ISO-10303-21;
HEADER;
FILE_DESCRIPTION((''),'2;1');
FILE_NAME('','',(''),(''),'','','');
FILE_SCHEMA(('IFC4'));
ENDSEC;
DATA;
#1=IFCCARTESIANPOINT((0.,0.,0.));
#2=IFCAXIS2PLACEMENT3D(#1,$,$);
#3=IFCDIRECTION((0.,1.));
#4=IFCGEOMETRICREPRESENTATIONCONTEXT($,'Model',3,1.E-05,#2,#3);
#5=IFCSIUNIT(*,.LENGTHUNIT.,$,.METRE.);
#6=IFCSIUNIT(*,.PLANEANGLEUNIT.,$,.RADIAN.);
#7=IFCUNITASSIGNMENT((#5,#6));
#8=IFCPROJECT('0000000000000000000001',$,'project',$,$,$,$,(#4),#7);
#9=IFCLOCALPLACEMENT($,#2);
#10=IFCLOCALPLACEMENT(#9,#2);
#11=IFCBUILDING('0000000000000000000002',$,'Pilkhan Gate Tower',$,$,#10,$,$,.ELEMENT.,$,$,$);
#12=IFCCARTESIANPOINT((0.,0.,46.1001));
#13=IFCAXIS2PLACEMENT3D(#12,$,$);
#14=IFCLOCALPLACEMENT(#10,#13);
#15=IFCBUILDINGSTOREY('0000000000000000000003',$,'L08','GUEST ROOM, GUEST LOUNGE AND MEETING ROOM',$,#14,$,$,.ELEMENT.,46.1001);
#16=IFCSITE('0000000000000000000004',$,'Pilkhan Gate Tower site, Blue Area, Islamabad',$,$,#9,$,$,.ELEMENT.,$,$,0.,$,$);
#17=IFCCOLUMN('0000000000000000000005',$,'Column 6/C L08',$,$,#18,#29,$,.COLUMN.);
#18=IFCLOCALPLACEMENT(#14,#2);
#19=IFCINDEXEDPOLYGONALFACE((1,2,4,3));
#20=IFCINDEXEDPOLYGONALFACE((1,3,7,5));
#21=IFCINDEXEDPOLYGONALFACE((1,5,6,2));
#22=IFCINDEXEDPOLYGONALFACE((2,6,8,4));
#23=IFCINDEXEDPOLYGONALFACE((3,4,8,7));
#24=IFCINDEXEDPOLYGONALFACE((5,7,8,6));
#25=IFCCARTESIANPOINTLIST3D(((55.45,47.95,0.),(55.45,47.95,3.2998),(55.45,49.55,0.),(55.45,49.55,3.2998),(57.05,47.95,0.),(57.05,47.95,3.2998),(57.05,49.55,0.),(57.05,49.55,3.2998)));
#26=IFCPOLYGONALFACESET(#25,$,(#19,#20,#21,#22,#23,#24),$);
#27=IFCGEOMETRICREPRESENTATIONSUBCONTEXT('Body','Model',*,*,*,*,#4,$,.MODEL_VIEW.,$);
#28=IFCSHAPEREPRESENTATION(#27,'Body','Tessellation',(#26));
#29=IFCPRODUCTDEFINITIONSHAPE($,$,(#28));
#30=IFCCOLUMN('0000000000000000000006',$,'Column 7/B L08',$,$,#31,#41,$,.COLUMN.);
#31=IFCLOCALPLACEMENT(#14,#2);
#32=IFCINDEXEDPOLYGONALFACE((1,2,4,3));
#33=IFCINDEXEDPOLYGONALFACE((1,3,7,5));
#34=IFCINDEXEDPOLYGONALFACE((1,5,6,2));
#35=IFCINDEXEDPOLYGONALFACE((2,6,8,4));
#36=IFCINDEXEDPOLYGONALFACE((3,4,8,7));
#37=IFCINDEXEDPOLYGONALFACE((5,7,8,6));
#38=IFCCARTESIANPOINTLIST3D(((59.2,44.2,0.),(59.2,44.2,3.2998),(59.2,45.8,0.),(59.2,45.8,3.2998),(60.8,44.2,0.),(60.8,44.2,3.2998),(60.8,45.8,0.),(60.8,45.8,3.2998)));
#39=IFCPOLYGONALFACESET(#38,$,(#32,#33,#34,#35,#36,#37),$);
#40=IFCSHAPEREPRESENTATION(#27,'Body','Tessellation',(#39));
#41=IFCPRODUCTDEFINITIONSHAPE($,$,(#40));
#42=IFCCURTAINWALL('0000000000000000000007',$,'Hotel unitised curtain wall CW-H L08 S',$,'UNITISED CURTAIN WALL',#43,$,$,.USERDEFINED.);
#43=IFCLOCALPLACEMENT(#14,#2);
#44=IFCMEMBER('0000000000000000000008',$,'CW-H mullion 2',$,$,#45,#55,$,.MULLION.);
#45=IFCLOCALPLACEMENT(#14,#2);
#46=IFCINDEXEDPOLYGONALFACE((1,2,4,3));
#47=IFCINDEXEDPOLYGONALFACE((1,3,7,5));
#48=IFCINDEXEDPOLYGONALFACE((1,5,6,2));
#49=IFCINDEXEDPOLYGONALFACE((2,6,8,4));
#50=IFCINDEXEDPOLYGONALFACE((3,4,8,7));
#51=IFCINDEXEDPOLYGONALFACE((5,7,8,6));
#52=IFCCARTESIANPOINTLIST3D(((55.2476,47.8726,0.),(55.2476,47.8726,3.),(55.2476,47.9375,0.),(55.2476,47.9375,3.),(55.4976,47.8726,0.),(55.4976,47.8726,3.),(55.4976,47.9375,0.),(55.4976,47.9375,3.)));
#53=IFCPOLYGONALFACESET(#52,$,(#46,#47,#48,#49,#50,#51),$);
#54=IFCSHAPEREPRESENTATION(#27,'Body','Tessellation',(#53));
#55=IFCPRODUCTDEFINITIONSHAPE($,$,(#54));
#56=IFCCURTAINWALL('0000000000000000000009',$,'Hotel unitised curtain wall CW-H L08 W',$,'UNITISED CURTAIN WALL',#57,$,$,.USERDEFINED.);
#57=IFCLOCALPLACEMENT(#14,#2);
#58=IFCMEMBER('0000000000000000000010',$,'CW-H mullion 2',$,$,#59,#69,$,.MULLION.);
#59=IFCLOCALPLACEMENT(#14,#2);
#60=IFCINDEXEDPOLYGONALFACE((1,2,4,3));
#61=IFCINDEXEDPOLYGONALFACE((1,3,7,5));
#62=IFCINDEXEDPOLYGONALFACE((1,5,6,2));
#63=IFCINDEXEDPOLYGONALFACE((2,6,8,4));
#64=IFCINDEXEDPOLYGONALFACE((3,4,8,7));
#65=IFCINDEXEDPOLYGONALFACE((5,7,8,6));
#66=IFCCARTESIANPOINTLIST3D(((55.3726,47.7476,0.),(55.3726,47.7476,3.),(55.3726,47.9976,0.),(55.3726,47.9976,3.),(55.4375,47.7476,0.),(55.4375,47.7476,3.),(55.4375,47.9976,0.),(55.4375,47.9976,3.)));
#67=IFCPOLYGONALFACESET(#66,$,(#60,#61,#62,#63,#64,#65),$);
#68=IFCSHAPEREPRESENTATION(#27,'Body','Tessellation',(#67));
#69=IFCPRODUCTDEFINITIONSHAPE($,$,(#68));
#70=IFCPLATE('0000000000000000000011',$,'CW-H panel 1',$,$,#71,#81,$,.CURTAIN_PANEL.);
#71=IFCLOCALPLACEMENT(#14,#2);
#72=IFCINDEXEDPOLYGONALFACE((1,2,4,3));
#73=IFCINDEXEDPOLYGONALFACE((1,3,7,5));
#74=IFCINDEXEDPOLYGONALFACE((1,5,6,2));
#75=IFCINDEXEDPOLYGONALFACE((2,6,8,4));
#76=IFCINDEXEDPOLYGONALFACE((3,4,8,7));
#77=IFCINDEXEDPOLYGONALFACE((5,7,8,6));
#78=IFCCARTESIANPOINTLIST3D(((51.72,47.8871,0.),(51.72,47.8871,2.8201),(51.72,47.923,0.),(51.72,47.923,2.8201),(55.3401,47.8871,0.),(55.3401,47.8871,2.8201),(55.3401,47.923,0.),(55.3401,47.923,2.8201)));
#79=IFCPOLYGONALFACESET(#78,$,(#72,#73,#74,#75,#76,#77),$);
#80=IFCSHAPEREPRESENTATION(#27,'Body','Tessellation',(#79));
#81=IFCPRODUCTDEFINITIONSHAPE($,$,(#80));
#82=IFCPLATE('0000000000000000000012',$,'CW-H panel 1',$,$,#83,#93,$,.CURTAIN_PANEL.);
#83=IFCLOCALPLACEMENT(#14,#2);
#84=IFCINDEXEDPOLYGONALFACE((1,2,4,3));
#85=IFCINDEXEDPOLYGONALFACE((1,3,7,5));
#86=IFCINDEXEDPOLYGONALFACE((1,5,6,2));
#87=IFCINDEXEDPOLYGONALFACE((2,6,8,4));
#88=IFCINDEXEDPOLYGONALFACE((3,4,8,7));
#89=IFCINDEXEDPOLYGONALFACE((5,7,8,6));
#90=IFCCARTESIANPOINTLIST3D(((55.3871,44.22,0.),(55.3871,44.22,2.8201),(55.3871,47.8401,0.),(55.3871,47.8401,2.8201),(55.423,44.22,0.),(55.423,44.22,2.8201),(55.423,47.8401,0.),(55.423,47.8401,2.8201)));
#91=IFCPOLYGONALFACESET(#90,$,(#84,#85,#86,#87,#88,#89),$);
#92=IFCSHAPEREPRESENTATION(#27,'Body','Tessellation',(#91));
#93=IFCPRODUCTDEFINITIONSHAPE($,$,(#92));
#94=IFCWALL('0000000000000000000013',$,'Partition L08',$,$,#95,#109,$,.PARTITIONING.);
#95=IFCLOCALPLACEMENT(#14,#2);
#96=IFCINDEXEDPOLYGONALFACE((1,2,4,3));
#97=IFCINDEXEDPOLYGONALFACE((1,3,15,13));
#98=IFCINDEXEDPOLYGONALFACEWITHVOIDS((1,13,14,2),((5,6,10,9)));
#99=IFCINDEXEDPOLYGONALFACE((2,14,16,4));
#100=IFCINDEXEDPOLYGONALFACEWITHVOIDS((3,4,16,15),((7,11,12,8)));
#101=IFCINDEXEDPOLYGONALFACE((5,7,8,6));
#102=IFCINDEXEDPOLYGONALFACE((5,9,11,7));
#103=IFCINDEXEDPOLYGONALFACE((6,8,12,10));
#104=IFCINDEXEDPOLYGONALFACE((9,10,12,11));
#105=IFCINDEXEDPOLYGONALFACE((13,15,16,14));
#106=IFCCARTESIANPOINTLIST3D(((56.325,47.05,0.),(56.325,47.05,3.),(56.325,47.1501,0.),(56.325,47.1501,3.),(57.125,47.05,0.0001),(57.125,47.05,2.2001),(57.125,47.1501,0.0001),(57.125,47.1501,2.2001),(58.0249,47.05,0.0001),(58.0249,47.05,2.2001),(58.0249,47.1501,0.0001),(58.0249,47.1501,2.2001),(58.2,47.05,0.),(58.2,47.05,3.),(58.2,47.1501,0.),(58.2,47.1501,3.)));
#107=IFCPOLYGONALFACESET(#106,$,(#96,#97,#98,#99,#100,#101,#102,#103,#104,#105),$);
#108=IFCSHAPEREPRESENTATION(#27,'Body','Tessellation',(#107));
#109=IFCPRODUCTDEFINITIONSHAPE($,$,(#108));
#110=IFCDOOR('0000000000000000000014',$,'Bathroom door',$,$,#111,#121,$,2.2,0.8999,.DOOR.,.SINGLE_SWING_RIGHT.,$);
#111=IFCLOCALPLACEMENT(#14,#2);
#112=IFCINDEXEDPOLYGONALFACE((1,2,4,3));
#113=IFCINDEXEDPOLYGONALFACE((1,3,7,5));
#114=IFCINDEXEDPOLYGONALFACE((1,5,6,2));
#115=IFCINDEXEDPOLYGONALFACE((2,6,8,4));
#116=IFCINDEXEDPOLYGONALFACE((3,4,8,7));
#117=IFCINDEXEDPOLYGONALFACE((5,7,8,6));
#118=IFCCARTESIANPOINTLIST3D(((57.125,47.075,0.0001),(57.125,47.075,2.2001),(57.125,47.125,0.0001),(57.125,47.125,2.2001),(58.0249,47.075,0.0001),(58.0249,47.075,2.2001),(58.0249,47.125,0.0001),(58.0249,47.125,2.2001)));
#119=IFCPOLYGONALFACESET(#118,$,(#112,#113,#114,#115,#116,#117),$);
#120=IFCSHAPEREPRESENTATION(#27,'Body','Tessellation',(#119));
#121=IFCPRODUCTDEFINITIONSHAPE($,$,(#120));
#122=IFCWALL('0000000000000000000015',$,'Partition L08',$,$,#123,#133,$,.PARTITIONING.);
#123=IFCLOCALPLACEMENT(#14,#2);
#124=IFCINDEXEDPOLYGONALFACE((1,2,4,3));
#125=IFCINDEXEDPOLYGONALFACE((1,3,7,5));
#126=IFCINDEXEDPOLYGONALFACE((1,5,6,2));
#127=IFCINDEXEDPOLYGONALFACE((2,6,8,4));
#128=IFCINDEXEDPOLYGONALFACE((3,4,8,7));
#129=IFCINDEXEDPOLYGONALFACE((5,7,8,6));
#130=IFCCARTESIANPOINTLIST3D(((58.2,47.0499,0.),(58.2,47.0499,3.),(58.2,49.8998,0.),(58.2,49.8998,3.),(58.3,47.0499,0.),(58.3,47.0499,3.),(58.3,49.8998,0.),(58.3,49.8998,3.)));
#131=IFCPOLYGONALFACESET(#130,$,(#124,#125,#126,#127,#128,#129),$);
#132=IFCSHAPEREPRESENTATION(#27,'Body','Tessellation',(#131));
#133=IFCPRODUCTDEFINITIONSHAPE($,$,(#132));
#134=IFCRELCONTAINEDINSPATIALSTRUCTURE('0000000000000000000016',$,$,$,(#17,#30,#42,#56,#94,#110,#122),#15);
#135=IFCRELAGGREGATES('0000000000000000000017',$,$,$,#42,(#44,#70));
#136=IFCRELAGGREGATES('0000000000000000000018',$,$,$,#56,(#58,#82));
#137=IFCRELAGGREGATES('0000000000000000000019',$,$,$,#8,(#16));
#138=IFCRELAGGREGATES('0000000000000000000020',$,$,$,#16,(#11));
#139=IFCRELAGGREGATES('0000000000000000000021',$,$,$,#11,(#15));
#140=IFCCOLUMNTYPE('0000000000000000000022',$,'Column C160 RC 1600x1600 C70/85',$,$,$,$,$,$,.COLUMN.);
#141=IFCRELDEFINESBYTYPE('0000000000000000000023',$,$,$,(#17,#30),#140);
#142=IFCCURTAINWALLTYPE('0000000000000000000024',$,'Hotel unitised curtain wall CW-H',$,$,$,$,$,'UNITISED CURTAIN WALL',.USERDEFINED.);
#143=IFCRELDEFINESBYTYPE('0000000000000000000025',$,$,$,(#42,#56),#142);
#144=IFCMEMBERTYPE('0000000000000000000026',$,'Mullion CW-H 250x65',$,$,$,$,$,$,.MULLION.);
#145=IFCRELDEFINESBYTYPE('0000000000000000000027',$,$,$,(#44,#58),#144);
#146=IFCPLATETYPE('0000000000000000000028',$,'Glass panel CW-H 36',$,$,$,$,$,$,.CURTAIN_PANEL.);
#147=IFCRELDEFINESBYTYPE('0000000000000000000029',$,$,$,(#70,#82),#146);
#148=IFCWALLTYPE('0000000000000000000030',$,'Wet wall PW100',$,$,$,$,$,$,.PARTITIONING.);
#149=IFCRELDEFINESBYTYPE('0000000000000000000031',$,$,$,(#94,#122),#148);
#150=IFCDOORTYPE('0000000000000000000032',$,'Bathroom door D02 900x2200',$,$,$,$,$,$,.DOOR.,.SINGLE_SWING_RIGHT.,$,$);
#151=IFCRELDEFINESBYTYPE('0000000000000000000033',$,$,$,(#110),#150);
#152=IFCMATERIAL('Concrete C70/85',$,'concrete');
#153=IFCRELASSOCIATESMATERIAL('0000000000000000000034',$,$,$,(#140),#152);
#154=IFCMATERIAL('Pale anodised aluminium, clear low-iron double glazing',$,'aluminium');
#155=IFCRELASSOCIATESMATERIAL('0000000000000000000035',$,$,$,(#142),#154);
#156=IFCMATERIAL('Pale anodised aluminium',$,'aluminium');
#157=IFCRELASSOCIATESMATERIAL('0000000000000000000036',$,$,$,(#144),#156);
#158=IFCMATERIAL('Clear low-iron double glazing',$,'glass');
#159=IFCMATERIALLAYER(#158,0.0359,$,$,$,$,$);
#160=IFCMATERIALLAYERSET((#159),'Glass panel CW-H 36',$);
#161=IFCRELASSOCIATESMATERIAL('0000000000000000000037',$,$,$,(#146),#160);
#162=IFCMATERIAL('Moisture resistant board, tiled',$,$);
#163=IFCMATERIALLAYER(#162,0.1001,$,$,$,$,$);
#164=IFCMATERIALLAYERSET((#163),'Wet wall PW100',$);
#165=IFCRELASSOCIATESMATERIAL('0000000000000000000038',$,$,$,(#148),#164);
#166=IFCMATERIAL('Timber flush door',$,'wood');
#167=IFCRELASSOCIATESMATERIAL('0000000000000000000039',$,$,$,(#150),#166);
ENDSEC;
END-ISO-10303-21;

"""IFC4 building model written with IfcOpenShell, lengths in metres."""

from ifc_helpers import new_model, si_unit, direction, frame, frame_2d, origin, origin_2d, place, context, subcontext, project, spatial, rectangle, extrude, material, layer, layer_set, material_profile, profile_set, type_object, element, fill, aggregate, save


model = new_model("IFC4")

# Units and contexts
model_context = context("Model", 3, precision=1e-05, world=origin(), true_north=direction((0.0, 1.0)))
body_context = subcontext(model_context, "Body", "Model", "MODEL_VIEW")
ifc_project = project(units=[si_unit("LENGTHUNIT", "METRE"), si_unit("PLANEANGLEUNIT", "RADIAN")], contexts=[model_context])

# Site, building, storey
site_placement = place(None, origin())
site = spatial("IfcSite", under=ifc_project, at=site_placement, Name="Pilkhan Gate Tower site, Blue Area, Islamabad", CompositionType="ELEMENT", RefElevation=0.0)
building_placement = place(site_placement, origin())
building = spatial("IfcBuilding", under=site, at=building_placement, Name="Pilkhan Gate Tower", CompositionType="ELEMENT")
storey_placement = place(building_placement, frame((0.0, 0.0, 46.1001)))
storey = spatial("IfcBuildingStorey", under=building, at=storey_placement, Name="L08", Description="GUEST ROOM, GUEST LOUNGE AND MEETING ROOM", CompositionType="ELEMENT", Elevation=46.1001)

# Columns
ifc_material_1 = material(Name="Concrete C70/85", Category="concrete")
ifc_material_profile_1 = material_profile(ifc_material_1, rectangle(XDim=1.6001, YDim=1.6001, at=origin_2d()), Name="RC 1600x1600")
ifc_profile_set_1 = profile_set([ifc_material_profile_1], Name="Concrete C70/85")
column_type = type_object("IfcColumnType", Name="Column C160 RC 1600x1600 C70/85", PredefinedType="COLUMN", material=ifc_profile_set_1)
for number, where, z_axis, x_axis, name in (
    (1, (56.25, 48.75, 0.0), (0.0, 0.0, 1.0), (1.0, 0.0, 0.0), "Column 6/C L08"),
    (2, (60.0, 45.0, 0.0), (0.0, 0.0, 1.0), (1.0, 0.0, 0.0), "Column 7/B L08"),
):
    element("IfcColumn", number, at=place(storey_placement, frame(where, z_axis=z_axis, x_axis=x_axis)), inside=storey, type_object=column_type, Name=name, PredefinedType="COLUMN", context=body_context, shape_type="SweptSolid", body=[
        extrude(rectangle(XDim=1.6001, YDim=1.6001, at=origin_2d()), origin(), (0.0, 0.0, 1.0), 3.2998),
    ])

# Curtain walls, members
ifc_material_2 = material(Name="Pale anodised aluminium, clear low-iron double glazing", Category="aluminium")
curtain_wall_type = type_object("IfcCurtainWallType", Name="Hotel unitised curtain wall CW-H", ElementType="UNITISED CURTAIN WALL", PredefinedType="USERDEFINED", material=ifc_material_2)
curtain_wall_1_placement = place(storey_placement, origin())
curtain_wall_1 = element("IfcCurtainWall", 3, at=curtain_wall_1_placement, inside=storey, type_object=curtain_wall_type, Name="Hotel unitised curtain wall CW-H L08 S", ObjectType="UNITISED CURTAIN WALL", PredefinedType="USERDEFINED")
ifc_material_3 = material(Name="Pale anodised aluminium", Category="aluminium")
ifc_material_profile_2 = material_profile(ifc_material_3, rectangle(XDim=0.0649, YDim=0.25, at=origin_2d()), Name="Mullion 250x65")
ifc_profile_set_2 = profile_set([ifc_material_profile_2], Name="Pale anodised aluminium")
member_type = type_object("IfcMemberType", Name="Mullion CW-H 250x65", PredefinedType="MULLION", material=ifc_profile_set_2)
member_1_placement = place(storey_placement, frame((55.3726, 47.905, 0.0), z_axis=(0.0, 0.0, 1.0), x_axis=(0.0, 1.0, 0.0)))
member_1 = element("IfcMember", 4, at=member_1_placement, type_object=member_type, Name="CW-H mullion 2", PredefinedType="MULLION", context=body_context, shape_type="SweptSolid", body=[
    extrude(rectangle(XDim=0.0649, YDim=0.25, at=origin_2d()), origin(), (0.0, 0.0, 1.0), 3.0),
])
curtain_wall_2_placement = place(storey_placement, origin())
curtain_wall_2 = element("IfcCurtainWall", 5, at=curtain_wall_2_placement, inside=storey, type_object=curtain_wall_type, Name="Hotel unitised curtain wall CW-H L08 W", ObjectType="UNITISED CURTAIN WALL", PredefinedType="USERDEFINED")
member_2_placement = place(storey_placement, frame((55.405, 47.8726, 0.0), z_axis=(0.0, 0.0, 1.0), x_axis=(-1.0, 0.0, 0.0)))
member_2 = element("IfcMember", 6, at=member_2_placement, type_object=member_type, Name="CW-H mullion 2", PredefinedType="MULLION", context=body_context, shape_type="SweptSolid", body=[
    extrude(rectangle(XDim=0.0649, YDim=0.25, at=origin_2d()), origin(), (0.0, 0.0, 1.0), 3.0),
])

# Plates
ifc_material_4 = material(Name="Clear low-iron double glazing", Category="glass")
ifc_layer_1 = layer(ifc_material_4, 0.0359)
ifc_layer_set_1 = layer_set([ifc_layer_1], Name="Glass panel CW-H 36")
plate_type = type_object("IfcPlateType", Name="Glass panel CW-H 36", PredefinedType="CURTAIN_PANEL", material=ifc_layer_set_1)
plate_1_placement = place(storey_placement, frame((53.53, 47.905, 0.0), z_axis=(0.0, 0.0, 1.0), x_axis=(1.0, 0.0, 0.0)))
plate_1 = element("IfcPlate", 7, at=plate_1_placement, type_object=plate_type, Name="CW-H panel 1", PredefinedType="CURTAIN_PANEL", context=body_context, shape_type="SweptSolid", body=[
    extrude(rectangle(XDim=3.6201, YDim=0.0359, at=origin_2d()), origin(), (0.0, 0.0, 1.0), 2.8201),
])
aggregate(curtain_wall_1, [member_1, plate_1])
plate_2_placement = place(storey_placement, frame((55.405, 46.03, 0.0), z_axis=(0.0, 0.0, 1.0), x_axis=(0.0, 1.0, 0.0)))
plate_2 = element("IfcPlate", 8, at=plate_2_placement, type_object=plate_type, Name="CW-H panel 1", PredefinedType="CURTAIN_PANEL", context=body_context, shape_type="SweptSolid", body=[
    extrude(rectangle(XDim=3.6201, YDim=0.0359, at=origin_2d()), origin(), (0.0, 0.0, 1.0), 2.8201),
])
aggregate(curtain_wall_2, [member_2, plate_2])

# Wall, opening, door
ifc_material_5 = material(Name="Moisture resistant board, tiled")
ifc_layer_2 = layer(ifc_material_5, 0.1001)
ifc_layer_set_2 = layer_set([ifc_layer_2], Name="Wet wall PW100")
wall_type = type_object("IfcWallType", Name="Wet wall PW100", PredefinedType="PARTITIONING", material=ifc_layer_set_2)
wall_1_placement = place(storey_placement, frame((56.325, 47.1001, 0.0), z_axis=(0.0, 0.0, 1.0), x_axis=(1.0, 0.0, 0.0)))
wall_1 = element("IfcWall", 9, at=wall_1_placement, inside=storey, type_object=wall_type, Name="Partition L08", PredefinedType="PARTITIONING", context=body_context, shape_type="SweptSolid", body=[
    extrude(rectangle(XDim=1.875, YDim=0.1001, at=frame_2d((0.9375, 0.0))), origin(), (0.0, 0.0, 1.0), 3.0),
])
opening_placement = place(wall_1_placement, frame((0.8, 0.0, 0.0)))
opening = element("IfcOpeningElement", 10, at=opening_placement, cuts=wall_1, PredefinedType="OPENING", context=body_context, shape_type="SweptSolid", body=[
    extrude(rectangle(XDim=0.8999, YDim=2.2, at=frame_2d((0.45, 1.1001))), frame((0.0, 0.0601, 0.0), z_axis=(0.0, -1.0, 0.0), x_axis=(1.0, 0.0, 0.0)), (0.0, 0.0, 1.0), 0.1201),
])
ifc_material_6 = material(Name="Timber flush door", Category="wood")
door_type = type_object("IfcDoorType", Name="Bathroom door D02 900x2200", OperationType="SINGLE_SWING_RIGHT", PredefinedType="DOOR", material=ifc_material_6)
door_placement = place(opening_placement, origin())
door = element("IfcDoor", 11, at=door_placement, inside=storey, type_object=door_type, Name="Bathroom door", OperationType="SINGLE_SWING_RIGHT", OverallHeight=2.2, OverallWidth=0.8999, PredefinedType="DOOR", context=body_context, shape_type="SweptSolid", body=[
    extrude(rectangle(XDim=0.8999, YDim=2.2, at=frame_2d((0.45, 1.1001))), frame((0.0, 0.0249, 0.0), z_axis=(0.0, -1.0, 0.0), x_axis=(1.0, 0.0, 0.0)), (0.0, 0.0, 1.0), 0.05),
])
fill(opening, door)

# Wall
wall_2_placement = place(storey_placement, frame((58.25, 47.05, 0.0), z_axis=(0.0, 0.0, 1.0), x_axis=(0.0, 1.0, 0.0)))
element("IfcWall", 12, at=wall_2_placement, inside=storey, type_object=wall_type, Name="Partition L08", PredefinedType="PARTITIONING", context=body_context, shape_type="SweptSolid", body=[
    extrude(rectangle(XDim=2.8499, YDim=0.1001, at=frame_2d((1.4248, 0.0))), origin(), (0.0, 0.0, 1.0), 3.0),
])

save(model, "model.ifc")
